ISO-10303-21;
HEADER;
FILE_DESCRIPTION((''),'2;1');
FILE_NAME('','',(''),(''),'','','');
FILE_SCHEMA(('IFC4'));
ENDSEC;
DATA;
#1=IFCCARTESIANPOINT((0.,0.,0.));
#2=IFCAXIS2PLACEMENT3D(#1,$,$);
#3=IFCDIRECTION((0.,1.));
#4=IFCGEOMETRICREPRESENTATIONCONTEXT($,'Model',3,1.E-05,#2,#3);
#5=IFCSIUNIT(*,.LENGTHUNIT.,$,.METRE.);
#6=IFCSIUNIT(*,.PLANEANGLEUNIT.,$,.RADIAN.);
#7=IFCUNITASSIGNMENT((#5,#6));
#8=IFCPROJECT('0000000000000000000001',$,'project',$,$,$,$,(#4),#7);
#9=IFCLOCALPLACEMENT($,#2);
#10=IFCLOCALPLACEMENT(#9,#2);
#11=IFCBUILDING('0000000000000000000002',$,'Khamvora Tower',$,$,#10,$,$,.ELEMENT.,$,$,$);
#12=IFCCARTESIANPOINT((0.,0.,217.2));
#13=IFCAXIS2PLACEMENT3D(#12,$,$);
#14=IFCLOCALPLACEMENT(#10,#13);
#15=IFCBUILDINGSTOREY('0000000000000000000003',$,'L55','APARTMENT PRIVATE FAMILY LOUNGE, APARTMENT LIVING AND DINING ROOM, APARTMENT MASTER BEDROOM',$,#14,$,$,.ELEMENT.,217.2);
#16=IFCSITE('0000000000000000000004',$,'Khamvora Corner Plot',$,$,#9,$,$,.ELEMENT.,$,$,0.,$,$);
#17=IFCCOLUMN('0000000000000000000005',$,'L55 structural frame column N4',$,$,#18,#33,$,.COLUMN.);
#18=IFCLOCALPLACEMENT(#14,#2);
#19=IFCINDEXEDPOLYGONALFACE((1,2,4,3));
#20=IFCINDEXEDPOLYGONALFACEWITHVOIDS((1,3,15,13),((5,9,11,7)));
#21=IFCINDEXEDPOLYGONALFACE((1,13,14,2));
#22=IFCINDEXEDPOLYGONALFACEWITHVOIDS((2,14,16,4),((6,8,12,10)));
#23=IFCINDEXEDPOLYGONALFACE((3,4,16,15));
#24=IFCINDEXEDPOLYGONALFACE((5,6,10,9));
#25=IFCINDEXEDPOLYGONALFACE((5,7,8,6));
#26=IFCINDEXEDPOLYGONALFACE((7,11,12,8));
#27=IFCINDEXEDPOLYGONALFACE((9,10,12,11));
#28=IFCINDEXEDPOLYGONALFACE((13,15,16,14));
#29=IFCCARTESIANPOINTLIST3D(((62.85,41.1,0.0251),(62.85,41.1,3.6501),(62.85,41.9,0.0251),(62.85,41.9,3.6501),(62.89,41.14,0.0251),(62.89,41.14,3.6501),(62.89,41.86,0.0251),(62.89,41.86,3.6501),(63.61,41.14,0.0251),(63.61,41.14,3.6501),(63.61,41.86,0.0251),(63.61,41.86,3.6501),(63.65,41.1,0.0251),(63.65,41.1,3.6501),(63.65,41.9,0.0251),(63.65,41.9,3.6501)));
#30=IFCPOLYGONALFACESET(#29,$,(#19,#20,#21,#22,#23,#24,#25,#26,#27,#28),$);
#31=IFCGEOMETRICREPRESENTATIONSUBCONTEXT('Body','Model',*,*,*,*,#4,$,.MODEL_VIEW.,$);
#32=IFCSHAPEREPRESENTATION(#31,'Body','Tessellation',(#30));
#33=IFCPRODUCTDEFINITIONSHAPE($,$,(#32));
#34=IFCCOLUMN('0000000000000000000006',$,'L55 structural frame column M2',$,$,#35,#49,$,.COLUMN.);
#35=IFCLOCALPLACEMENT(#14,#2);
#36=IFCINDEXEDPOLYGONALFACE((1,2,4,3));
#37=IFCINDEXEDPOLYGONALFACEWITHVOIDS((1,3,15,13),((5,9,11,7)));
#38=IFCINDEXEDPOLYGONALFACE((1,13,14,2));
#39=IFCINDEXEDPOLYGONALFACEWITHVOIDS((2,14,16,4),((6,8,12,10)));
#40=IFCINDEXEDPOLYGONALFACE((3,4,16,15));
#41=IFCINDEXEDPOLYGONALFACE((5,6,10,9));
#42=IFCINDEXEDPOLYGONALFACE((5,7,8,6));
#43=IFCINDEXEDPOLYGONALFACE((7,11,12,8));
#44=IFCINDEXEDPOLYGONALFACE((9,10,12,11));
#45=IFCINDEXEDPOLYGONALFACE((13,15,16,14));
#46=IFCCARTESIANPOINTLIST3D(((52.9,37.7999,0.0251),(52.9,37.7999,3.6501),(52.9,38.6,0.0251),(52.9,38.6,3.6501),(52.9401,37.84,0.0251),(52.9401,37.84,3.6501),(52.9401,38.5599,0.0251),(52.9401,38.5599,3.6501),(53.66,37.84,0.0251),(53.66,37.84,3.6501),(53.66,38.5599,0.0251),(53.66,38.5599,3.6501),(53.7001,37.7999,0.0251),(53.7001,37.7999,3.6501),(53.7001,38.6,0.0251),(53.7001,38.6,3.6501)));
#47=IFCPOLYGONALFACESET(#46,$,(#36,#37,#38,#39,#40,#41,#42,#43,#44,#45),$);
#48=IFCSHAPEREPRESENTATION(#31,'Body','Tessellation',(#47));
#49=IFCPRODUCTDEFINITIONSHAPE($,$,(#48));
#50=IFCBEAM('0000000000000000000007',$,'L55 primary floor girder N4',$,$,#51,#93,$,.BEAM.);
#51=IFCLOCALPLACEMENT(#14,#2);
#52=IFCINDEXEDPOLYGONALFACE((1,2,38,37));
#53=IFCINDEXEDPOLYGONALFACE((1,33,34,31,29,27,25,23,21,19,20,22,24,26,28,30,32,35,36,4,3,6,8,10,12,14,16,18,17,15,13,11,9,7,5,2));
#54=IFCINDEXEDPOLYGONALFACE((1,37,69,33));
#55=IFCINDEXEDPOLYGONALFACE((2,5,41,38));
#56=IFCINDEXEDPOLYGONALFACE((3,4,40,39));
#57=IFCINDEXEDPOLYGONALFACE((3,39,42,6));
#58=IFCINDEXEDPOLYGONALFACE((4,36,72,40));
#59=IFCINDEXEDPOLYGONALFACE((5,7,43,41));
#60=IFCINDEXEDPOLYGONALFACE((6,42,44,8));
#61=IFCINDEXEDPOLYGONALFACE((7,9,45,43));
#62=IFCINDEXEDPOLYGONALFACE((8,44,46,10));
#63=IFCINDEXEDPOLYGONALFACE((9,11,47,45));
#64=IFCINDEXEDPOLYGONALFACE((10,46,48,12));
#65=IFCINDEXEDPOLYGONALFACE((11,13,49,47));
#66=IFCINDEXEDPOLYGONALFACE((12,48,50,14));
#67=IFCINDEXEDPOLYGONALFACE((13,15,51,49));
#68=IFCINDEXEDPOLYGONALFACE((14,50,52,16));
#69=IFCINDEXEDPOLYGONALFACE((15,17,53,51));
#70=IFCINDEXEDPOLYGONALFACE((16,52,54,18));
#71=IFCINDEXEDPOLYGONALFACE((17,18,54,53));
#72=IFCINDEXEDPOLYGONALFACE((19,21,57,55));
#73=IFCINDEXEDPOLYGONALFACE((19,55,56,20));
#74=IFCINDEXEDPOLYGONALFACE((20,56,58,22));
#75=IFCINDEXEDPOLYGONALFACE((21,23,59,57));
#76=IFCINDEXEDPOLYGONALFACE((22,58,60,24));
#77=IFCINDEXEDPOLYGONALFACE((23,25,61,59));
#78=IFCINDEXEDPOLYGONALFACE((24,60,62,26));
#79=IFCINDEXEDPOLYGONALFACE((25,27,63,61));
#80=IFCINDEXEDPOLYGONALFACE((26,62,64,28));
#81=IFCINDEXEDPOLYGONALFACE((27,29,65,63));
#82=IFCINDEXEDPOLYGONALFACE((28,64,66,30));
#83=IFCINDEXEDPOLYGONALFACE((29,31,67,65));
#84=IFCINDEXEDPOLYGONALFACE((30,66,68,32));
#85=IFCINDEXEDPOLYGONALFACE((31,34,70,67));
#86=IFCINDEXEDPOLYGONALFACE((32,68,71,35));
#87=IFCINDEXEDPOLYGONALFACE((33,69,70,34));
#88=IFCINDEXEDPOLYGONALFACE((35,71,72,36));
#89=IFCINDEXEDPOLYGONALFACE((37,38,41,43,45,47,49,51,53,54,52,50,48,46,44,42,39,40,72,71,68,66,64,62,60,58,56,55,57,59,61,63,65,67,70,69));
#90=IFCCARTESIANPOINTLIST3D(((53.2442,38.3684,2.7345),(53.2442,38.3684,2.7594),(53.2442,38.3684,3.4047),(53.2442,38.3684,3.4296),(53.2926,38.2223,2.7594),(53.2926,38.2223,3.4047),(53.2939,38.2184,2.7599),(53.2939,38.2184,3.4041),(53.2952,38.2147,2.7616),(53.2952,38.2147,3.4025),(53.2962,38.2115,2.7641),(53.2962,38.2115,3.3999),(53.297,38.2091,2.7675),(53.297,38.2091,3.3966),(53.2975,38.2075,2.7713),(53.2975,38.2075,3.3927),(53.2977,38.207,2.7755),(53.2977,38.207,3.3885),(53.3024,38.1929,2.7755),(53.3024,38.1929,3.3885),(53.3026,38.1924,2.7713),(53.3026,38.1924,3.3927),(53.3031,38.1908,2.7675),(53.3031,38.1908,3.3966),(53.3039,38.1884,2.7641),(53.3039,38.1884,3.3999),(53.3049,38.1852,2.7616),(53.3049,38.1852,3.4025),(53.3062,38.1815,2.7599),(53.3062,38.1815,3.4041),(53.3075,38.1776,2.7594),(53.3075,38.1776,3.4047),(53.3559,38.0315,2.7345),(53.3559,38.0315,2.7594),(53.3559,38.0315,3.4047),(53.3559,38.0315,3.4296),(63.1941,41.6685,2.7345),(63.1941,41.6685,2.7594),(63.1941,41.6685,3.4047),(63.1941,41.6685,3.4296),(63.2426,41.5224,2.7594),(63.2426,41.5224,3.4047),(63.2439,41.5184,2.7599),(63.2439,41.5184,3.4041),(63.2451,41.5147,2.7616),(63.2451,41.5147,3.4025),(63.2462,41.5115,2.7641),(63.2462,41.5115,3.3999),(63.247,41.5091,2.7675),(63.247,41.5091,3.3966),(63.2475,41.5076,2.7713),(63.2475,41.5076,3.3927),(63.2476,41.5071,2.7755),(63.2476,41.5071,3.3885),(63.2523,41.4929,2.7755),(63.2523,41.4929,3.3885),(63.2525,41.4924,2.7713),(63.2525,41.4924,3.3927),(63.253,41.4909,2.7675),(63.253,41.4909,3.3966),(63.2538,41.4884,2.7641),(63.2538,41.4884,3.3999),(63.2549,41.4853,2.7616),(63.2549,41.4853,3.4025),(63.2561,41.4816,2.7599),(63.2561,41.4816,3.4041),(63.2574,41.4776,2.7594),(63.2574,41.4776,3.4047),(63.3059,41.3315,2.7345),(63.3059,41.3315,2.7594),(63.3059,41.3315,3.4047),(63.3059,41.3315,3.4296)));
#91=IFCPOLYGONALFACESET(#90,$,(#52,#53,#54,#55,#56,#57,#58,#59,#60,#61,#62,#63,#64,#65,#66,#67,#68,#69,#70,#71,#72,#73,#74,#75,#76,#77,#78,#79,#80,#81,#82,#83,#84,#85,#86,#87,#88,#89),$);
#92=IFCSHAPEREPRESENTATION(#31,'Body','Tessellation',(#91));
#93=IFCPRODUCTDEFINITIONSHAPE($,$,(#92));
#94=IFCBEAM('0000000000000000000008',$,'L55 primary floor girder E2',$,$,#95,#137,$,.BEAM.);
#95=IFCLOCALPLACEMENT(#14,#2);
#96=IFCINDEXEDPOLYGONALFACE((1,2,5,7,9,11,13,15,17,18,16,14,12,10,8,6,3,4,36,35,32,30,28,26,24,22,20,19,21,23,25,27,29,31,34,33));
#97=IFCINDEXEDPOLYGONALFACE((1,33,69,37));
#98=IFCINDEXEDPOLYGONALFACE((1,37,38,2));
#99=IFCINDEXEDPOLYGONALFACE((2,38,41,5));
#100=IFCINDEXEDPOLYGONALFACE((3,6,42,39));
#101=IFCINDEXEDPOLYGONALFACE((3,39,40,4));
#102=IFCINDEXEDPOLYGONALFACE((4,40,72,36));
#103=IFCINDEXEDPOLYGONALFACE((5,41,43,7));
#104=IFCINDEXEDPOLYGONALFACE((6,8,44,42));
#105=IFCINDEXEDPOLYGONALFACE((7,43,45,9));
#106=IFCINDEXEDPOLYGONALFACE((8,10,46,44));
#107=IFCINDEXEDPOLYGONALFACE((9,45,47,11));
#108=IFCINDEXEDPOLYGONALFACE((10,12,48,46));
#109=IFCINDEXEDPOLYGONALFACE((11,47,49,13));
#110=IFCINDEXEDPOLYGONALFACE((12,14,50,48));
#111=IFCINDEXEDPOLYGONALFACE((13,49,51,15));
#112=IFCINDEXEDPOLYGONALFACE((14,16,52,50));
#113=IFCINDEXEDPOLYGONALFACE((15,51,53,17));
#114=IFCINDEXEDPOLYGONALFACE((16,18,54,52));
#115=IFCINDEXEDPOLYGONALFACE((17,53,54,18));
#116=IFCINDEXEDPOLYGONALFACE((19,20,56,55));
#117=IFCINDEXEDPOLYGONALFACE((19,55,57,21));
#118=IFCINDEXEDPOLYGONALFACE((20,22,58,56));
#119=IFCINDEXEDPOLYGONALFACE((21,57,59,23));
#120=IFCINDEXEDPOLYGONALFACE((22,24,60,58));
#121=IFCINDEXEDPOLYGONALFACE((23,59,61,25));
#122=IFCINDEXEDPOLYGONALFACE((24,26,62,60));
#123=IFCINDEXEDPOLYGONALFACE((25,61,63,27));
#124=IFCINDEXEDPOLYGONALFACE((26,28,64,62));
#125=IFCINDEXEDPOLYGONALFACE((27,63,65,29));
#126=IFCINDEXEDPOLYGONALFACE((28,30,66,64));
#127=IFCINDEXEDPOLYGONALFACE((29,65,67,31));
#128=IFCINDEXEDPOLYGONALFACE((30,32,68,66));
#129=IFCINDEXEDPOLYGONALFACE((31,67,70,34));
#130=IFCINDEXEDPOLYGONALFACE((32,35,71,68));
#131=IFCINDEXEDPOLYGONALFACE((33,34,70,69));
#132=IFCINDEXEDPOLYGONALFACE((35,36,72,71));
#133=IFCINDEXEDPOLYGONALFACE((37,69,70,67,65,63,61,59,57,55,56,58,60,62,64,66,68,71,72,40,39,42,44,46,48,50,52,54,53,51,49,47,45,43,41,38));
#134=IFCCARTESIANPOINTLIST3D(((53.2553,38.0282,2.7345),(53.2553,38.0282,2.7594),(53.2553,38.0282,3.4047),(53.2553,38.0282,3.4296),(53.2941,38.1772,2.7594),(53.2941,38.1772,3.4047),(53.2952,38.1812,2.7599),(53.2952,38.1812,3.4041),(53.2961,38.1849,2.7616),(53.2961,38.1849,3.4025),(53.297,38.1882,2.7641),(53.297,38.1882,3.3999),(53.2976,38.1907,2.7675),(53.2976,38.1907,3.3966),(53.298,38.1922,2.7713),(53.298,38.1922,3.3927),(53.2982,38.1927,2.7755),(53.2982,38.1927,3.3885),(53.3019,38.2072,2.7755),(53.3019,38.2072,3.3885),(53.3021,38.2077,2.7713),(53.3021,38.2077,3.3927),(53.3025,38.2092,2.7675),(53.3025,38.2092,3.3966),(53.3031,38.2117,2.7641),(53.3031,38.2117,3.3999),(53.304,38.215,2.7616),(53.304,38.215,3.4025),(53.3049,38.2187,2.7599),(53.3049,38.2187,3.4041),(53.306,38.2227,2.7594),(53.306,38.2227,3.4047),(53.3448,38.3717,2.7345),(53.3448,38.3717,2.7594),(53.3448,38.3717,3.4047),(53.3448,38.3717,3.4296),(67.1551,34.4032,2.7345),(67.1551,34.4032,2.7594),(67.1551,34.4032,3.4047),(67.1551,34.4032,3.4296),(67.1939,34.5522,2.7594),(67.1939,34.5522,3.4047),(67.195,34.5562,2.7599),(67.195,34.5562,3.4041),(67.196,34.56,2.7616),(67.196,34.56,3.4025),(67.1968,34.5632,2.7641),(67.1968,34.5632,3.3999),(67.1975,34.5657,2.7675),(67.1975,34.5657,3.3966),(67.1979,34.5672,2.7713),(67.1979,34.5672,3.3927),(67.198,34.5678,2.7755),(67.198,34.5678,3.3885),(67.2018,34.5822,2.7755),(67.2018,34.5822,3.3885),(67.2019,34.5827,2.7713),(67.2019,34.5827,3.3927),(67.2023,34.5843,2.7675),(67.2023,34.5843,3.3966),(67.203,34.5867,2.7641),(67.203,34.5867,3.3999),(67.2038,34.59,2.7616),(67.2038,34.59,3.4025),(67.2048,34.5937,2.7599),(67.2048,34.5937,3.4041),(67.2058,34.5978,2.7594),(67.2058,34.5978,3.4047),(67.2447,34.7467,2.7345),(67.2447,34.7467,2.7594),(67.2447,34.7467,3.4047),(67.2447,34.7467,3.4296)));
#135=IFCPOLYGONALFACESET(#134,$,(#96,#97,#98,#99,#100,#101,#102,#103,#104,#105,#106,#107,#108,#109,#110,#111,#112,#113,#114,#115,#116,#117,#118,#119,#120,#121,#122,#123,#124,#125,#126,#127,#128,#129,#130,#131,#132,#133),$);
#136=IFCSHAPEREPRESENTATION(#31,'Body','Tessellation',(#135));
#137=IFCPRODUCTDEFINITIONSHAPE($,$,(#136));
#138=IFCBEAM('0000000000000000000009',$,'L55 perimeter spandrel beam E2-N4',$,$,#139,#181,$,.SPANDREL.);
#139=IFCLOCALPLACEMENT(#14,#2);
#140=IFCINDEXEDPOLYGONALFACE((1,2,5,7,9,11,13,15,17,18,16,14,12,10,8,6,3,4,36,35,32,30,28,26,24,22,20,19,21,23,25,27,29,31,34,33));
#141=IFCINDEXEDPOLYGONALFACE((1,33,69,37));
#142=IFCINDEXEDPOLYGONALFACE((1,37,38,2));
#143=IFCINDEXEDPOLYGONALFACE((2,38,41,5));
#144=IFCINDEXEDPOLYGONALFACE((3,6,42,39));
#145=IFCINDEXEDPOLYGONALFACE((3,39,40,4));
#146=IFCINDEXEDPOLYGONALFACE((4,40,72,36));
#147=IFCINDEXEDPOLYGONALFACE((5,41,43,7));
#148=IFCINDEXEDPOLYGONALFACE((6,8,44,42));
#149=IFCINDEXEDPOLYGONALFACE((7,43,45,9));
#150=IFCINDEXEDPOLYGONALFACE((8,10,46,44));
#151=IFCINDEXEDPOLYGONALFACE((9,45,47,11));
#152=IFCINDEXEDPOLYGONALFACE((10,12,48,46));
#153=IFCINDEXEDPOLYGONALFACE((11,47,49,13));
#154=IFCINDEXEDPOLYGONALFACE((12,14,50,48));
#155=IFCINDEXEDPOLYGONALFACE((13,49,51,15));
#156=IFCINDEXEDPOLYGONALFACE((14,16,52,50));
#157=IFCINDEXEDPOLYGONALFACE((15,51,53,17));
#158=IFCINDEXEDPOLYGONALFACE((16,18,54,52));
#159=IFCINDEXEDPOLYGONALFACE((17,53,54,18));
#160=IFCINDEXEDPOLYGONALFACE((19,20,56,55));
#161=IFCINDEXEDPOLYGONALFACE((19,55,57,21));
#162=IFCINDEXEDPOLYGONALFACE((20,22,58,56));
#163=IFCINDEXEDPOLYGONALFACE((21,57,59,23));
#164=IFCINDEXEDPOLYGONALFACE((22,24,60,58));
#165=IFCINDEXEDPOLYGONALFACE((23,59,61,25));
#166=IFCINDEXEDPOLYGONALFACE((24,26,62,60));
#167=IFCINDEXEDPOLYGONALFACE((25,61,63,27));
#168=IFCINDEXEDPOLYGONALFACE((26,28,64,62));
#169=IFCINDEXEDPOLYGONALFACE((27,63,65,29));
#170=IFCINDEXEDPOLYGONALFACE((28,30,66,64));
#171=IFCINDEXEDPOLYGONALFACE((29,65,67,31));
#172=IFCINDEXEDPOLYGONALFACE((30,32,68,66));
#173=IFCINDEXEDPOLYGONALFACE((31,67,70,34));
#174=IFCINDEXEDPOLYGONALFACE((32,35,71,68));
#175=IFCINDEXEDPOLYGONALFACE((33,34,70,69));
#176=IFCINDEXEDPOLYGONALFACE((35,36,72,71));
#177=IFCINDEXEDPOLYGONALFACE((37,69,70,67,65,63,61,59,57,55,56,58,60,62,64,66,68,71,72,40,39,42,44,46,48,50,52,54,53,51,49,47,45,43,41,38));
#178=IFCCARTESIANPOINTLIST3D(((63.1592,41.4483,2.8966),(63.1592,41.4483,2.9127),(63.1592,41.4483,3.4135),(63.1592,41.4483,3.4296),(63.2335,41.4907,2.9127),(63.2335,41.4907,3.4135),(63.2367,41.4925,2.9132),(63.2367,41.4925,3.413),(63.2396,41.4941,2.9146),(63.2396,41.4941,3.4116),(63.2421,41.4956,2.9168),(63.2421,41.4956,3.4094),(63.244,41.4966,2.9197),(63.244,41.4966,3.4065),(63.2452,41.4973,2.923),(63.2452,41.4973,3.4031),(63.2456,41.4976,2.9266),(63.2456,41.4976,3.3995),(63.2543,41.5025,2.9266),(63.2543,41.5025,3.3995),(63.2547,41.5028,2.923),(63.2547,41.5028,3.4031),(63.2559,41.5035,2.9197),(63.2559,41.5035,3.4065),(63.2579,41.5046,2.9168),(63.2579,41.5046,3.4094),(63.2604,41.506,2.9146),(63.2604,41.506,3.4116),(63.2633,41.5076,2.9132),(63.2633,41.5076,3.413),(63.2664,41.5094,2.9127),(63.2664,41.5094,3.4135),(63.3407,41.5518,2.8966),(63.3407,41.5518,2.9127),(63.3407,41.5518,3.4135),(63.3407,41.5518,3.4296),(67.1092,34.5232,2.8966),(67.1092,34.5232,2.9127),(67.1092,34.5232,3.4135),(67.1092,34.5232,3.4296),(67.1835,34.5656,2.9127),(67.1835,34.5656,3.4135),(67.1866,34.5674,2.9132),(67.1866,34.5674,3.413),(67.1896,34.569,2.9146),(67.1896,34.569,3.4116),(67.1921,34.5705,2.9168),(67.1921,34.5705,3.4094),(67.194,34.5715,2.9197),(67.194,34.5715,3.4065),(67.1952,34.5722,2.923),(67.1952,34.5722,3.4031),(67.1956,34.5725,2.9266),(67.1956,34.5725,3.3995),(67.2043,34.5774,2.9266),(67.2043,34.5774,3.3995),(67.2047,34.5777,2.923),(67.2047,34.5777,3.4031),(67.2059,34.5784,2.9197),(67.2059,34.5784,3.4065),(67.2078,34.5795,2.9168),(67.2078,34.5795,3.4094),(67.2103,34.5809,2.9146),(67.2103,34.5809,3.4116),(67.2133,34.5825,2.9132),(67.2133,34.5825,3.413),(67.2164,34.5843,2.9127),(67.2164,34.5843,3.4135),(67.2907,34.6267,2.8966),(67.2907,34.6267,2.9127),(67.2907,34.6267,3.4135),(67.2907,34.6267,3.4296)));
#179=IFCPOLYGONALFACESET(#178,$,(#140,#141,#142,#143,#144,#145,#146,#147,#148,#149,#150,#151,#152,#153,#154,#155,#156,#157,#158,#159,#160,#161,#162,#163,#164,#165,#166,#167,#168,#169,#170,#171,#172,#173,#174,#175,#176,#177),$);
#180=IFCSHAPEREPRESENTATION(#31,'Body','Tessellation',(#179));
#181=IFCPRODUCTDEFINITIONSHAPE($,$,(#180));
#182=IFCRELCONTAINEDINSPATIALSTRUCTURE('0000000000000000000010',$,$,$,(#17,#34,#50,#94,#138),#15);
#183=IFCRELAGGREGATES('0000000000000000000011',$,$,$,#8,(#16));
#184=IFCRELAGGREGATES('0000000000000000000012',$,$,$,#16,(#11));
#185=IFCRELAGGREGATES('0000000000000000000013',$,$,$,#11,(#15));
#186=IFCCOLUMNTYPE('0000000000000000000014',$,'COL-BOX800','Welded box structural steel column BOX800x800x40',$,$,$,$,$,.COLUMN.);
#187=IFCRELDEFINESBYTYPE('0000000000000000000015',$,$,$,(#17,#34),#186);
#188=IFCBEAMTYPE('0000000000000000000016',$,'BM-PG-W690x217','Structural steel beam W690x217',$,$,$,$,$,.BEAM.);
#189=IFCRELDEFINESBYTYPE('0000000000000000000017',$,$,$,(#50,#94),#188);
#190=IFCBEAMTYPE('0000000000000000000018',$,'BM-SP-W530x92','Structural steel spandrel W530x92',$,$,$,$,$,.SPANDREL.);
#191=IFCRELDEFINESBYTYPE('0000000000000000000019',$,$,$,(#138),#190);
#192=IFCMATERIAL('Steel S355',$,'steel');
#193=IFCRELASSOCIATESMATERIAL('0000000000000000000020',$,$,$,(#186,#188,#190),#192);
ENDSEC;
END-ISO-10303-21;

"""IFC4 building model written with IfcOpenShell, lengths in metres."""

from ifc_helpers import new_model, si_unit, direction, frame, origin, origin_2d, place, context, subcontext, project, spatial, hollow_rectangle, i_section, extrude, material, material_profile, profile_set, type_object, element, save


model = new_model("IFC4")

# Units and contexts
model_context = context("Model", 3, precision=1e-05, world=origin(), true_north=direction((0.0, 1.0)))
body_context = subcontext(model_context, "Body", "Model", "MODEL_VIEW")
ifc_project = project(units=[si_unit("LENGTHUNIT", "METRE"), si_unit("PLANEANGLEUNIT", "RADIAN")], contexts=[model_context])

# Site, building, storey
site_placement = place(None, origin())
site = spatial("IfcSite", under=ifc_project, at=site_placement, Name="Khamvora Corner Plot", CompositionType="ELEMENT", RefElevation=0.0)
building_placement = place(site_placement, origin())
building = spatial("IfcBuilding", under=site, at=building_placement, Name="Khamvora Tower", CompositionType="ELEMENT")
storey_placement = place(building_placement, frame((0.0, 0.0, 217.2)))
storey = spatial("IfcBuildingStorey", under=building, at=storey_placement, Name="L55", Description="APARTMENT PRIVATE FAMILY LOUNGE, APARTMENT LIVING AND DINING ROOM, APARTMENT MASTER BEDROOM", CompositionType="ELEMENT", Elevation=217.2)

# Columns
ifc_material_1 = material(Name="Steel S355", Category="steel")
ifc_material_profile_1 = material_profile(ifc_material_1, hollow_rectangle(XDim=0.8, YDim=0.8, WallThickness=0.04, at=origin_2d()), Name="BOX800x800x40")
ifc_profile_set_1 = profile_set([ifc_material_profile_1], Name="Steel S355")
column_type = type_object("IfcColumnType", Name="COL-BOX800", Description="Welded box structural steel column BOX800x800x40", PredefinedType="COLUMN", material=ifc_profile_set_1)
for number, where, z_axis, x_axis, name in (
    (1, (63.25, 41.5, 0.0251), (0.0, 0.0, 1.0), (1.0, 0.0, 0.0), "L55 structural frame column N4"),
    (2, (53.3, 38.2, 0.0251), (0.0, 0.0, 1.0), (1.0, 0.0, 0.0), "L55 structural frame column M2"),
):
    element("IfcColumn", number, at=place(storey_placement, frame(where, z_axis=z_axis, x_axis=x_axis)), inside=storey, type_object=column_type, Name=name, PredefinedType="COLUMN", context=body_context, shape_type="SweptSolid", body=[
        extrude(hollow_rectangle(XDim=0.8, YDim=0.8, WallThickness=0.04, at=origin_2d()), origin(), (0.0, 0.0, 1.0), 3.625),
    ])

# Beams
ifc_material_profile_2 = material_profile(ifc_material_1, i_section(OverallWidth=0.355, OverallDepth=0.6951, WebThickness=0.0149, FlangeThickness=0.0249, FilletRadius=0.0161, at=origin_2d()), Name="W690x217")
ifc_profile_set_2 = profile_set([ifc_material_profile_2], Name="Steel S355")
beam_type_1 = type_object("IfcBeamType", Name="BM-PG-W690x217", Description="Structural steel beam W690x217", PredefinedType="BEAM", material=ifc_profile_set_2)
beam_1_placement = place(storey_placement, frame((53.3, 38.2, 3.082), z_axis=(0.949157, 0.314802, 0.0), x_axis=(-0.314802, 0.949157, 0.0)))
element("IfcBeam", 3, at=beam_1_placement, inside=storey, type_object=beam_type_1, Name="L55 primary floor girder N4", PredefinedType="BEAM", context=body_context, shape_type="SweptSolid", body=[
    extrude(i_section(OverallWidth=0.355, OverallDepth=0.6951, WebThickness=0.0149, FlangeThickness=0.0249, FilletRadius=0.0161, at=origin_2d()), origin(), (0.0, 0.0, 1.0), 10.4829),
])
beam_2_placement = place(storey_placement, frame((53.3, 38.2, 3.082), z_axis=(0.967635, -0.252353, 0.0), x_axis=(0.252353, 0.967635, 0.0)))
element("IfcBeam", 4, at=beam_2_placement, inside=storey, type_object=beam_type_1, Name="L55 primary floor girder E2", PredefinedType="BEAM", context=body_context, shape_type="SweptSolid", body=[
    extrude(i_section(OverallWidth=0.355, OverallDepth=0.6951, WebThickness=0.0149, FlangeThickness=0.0249, FilletRadius=0.0161, at=origin_2d()), origin(), (0.0, 0.0, 1.0), 14.3647),
])
ifc_material_profile_3 = material_profile(ifc_material_1, i_section(OverallWidth=0.209, OverallDepth=0.533, WebThickness=0.01, FlangeThickness=0.0161, FilletRadius=0.0139, at=origin_2d()), Name="W530x92")
ifc_profile_set_3 = profile_set([ifc_material_profile_3], Name="Steel S355")
beam_type_2 = type_object("IfcBeamType", Name="BM-SP-W530x92", Description="Structural steel spandrel W530x92", PredefinedType="SPANDREL", material=ifc_profile_set_3)
beam_3_placement = place(storey_placement, frame((67.2, 34.575, 3.1631), z_axis=(-0.495456, 0.868633, 0.0), x_axis=(-0.868633, -0.495456, 0.0)))
element("IfcBeam", 5, at=beam_3_placement, inside=storey, type_object=beam_type_2, Name="L55 perimeter spandrel beam E2-N4", PredefinedType="SPANDREL", context=body_context, shape_type="SweptSolid", body=[
    extrude(i_section(OverallWidth=0.209, OverallDepth=0.533, WebThickness=0.01, FlangeThickness=0.0161, FilletRadius=0.0139, at=origin_2d()), origin(), (0.0, 0.0, 1.0), 7.9724),
])

save(model, "model.ifc")
